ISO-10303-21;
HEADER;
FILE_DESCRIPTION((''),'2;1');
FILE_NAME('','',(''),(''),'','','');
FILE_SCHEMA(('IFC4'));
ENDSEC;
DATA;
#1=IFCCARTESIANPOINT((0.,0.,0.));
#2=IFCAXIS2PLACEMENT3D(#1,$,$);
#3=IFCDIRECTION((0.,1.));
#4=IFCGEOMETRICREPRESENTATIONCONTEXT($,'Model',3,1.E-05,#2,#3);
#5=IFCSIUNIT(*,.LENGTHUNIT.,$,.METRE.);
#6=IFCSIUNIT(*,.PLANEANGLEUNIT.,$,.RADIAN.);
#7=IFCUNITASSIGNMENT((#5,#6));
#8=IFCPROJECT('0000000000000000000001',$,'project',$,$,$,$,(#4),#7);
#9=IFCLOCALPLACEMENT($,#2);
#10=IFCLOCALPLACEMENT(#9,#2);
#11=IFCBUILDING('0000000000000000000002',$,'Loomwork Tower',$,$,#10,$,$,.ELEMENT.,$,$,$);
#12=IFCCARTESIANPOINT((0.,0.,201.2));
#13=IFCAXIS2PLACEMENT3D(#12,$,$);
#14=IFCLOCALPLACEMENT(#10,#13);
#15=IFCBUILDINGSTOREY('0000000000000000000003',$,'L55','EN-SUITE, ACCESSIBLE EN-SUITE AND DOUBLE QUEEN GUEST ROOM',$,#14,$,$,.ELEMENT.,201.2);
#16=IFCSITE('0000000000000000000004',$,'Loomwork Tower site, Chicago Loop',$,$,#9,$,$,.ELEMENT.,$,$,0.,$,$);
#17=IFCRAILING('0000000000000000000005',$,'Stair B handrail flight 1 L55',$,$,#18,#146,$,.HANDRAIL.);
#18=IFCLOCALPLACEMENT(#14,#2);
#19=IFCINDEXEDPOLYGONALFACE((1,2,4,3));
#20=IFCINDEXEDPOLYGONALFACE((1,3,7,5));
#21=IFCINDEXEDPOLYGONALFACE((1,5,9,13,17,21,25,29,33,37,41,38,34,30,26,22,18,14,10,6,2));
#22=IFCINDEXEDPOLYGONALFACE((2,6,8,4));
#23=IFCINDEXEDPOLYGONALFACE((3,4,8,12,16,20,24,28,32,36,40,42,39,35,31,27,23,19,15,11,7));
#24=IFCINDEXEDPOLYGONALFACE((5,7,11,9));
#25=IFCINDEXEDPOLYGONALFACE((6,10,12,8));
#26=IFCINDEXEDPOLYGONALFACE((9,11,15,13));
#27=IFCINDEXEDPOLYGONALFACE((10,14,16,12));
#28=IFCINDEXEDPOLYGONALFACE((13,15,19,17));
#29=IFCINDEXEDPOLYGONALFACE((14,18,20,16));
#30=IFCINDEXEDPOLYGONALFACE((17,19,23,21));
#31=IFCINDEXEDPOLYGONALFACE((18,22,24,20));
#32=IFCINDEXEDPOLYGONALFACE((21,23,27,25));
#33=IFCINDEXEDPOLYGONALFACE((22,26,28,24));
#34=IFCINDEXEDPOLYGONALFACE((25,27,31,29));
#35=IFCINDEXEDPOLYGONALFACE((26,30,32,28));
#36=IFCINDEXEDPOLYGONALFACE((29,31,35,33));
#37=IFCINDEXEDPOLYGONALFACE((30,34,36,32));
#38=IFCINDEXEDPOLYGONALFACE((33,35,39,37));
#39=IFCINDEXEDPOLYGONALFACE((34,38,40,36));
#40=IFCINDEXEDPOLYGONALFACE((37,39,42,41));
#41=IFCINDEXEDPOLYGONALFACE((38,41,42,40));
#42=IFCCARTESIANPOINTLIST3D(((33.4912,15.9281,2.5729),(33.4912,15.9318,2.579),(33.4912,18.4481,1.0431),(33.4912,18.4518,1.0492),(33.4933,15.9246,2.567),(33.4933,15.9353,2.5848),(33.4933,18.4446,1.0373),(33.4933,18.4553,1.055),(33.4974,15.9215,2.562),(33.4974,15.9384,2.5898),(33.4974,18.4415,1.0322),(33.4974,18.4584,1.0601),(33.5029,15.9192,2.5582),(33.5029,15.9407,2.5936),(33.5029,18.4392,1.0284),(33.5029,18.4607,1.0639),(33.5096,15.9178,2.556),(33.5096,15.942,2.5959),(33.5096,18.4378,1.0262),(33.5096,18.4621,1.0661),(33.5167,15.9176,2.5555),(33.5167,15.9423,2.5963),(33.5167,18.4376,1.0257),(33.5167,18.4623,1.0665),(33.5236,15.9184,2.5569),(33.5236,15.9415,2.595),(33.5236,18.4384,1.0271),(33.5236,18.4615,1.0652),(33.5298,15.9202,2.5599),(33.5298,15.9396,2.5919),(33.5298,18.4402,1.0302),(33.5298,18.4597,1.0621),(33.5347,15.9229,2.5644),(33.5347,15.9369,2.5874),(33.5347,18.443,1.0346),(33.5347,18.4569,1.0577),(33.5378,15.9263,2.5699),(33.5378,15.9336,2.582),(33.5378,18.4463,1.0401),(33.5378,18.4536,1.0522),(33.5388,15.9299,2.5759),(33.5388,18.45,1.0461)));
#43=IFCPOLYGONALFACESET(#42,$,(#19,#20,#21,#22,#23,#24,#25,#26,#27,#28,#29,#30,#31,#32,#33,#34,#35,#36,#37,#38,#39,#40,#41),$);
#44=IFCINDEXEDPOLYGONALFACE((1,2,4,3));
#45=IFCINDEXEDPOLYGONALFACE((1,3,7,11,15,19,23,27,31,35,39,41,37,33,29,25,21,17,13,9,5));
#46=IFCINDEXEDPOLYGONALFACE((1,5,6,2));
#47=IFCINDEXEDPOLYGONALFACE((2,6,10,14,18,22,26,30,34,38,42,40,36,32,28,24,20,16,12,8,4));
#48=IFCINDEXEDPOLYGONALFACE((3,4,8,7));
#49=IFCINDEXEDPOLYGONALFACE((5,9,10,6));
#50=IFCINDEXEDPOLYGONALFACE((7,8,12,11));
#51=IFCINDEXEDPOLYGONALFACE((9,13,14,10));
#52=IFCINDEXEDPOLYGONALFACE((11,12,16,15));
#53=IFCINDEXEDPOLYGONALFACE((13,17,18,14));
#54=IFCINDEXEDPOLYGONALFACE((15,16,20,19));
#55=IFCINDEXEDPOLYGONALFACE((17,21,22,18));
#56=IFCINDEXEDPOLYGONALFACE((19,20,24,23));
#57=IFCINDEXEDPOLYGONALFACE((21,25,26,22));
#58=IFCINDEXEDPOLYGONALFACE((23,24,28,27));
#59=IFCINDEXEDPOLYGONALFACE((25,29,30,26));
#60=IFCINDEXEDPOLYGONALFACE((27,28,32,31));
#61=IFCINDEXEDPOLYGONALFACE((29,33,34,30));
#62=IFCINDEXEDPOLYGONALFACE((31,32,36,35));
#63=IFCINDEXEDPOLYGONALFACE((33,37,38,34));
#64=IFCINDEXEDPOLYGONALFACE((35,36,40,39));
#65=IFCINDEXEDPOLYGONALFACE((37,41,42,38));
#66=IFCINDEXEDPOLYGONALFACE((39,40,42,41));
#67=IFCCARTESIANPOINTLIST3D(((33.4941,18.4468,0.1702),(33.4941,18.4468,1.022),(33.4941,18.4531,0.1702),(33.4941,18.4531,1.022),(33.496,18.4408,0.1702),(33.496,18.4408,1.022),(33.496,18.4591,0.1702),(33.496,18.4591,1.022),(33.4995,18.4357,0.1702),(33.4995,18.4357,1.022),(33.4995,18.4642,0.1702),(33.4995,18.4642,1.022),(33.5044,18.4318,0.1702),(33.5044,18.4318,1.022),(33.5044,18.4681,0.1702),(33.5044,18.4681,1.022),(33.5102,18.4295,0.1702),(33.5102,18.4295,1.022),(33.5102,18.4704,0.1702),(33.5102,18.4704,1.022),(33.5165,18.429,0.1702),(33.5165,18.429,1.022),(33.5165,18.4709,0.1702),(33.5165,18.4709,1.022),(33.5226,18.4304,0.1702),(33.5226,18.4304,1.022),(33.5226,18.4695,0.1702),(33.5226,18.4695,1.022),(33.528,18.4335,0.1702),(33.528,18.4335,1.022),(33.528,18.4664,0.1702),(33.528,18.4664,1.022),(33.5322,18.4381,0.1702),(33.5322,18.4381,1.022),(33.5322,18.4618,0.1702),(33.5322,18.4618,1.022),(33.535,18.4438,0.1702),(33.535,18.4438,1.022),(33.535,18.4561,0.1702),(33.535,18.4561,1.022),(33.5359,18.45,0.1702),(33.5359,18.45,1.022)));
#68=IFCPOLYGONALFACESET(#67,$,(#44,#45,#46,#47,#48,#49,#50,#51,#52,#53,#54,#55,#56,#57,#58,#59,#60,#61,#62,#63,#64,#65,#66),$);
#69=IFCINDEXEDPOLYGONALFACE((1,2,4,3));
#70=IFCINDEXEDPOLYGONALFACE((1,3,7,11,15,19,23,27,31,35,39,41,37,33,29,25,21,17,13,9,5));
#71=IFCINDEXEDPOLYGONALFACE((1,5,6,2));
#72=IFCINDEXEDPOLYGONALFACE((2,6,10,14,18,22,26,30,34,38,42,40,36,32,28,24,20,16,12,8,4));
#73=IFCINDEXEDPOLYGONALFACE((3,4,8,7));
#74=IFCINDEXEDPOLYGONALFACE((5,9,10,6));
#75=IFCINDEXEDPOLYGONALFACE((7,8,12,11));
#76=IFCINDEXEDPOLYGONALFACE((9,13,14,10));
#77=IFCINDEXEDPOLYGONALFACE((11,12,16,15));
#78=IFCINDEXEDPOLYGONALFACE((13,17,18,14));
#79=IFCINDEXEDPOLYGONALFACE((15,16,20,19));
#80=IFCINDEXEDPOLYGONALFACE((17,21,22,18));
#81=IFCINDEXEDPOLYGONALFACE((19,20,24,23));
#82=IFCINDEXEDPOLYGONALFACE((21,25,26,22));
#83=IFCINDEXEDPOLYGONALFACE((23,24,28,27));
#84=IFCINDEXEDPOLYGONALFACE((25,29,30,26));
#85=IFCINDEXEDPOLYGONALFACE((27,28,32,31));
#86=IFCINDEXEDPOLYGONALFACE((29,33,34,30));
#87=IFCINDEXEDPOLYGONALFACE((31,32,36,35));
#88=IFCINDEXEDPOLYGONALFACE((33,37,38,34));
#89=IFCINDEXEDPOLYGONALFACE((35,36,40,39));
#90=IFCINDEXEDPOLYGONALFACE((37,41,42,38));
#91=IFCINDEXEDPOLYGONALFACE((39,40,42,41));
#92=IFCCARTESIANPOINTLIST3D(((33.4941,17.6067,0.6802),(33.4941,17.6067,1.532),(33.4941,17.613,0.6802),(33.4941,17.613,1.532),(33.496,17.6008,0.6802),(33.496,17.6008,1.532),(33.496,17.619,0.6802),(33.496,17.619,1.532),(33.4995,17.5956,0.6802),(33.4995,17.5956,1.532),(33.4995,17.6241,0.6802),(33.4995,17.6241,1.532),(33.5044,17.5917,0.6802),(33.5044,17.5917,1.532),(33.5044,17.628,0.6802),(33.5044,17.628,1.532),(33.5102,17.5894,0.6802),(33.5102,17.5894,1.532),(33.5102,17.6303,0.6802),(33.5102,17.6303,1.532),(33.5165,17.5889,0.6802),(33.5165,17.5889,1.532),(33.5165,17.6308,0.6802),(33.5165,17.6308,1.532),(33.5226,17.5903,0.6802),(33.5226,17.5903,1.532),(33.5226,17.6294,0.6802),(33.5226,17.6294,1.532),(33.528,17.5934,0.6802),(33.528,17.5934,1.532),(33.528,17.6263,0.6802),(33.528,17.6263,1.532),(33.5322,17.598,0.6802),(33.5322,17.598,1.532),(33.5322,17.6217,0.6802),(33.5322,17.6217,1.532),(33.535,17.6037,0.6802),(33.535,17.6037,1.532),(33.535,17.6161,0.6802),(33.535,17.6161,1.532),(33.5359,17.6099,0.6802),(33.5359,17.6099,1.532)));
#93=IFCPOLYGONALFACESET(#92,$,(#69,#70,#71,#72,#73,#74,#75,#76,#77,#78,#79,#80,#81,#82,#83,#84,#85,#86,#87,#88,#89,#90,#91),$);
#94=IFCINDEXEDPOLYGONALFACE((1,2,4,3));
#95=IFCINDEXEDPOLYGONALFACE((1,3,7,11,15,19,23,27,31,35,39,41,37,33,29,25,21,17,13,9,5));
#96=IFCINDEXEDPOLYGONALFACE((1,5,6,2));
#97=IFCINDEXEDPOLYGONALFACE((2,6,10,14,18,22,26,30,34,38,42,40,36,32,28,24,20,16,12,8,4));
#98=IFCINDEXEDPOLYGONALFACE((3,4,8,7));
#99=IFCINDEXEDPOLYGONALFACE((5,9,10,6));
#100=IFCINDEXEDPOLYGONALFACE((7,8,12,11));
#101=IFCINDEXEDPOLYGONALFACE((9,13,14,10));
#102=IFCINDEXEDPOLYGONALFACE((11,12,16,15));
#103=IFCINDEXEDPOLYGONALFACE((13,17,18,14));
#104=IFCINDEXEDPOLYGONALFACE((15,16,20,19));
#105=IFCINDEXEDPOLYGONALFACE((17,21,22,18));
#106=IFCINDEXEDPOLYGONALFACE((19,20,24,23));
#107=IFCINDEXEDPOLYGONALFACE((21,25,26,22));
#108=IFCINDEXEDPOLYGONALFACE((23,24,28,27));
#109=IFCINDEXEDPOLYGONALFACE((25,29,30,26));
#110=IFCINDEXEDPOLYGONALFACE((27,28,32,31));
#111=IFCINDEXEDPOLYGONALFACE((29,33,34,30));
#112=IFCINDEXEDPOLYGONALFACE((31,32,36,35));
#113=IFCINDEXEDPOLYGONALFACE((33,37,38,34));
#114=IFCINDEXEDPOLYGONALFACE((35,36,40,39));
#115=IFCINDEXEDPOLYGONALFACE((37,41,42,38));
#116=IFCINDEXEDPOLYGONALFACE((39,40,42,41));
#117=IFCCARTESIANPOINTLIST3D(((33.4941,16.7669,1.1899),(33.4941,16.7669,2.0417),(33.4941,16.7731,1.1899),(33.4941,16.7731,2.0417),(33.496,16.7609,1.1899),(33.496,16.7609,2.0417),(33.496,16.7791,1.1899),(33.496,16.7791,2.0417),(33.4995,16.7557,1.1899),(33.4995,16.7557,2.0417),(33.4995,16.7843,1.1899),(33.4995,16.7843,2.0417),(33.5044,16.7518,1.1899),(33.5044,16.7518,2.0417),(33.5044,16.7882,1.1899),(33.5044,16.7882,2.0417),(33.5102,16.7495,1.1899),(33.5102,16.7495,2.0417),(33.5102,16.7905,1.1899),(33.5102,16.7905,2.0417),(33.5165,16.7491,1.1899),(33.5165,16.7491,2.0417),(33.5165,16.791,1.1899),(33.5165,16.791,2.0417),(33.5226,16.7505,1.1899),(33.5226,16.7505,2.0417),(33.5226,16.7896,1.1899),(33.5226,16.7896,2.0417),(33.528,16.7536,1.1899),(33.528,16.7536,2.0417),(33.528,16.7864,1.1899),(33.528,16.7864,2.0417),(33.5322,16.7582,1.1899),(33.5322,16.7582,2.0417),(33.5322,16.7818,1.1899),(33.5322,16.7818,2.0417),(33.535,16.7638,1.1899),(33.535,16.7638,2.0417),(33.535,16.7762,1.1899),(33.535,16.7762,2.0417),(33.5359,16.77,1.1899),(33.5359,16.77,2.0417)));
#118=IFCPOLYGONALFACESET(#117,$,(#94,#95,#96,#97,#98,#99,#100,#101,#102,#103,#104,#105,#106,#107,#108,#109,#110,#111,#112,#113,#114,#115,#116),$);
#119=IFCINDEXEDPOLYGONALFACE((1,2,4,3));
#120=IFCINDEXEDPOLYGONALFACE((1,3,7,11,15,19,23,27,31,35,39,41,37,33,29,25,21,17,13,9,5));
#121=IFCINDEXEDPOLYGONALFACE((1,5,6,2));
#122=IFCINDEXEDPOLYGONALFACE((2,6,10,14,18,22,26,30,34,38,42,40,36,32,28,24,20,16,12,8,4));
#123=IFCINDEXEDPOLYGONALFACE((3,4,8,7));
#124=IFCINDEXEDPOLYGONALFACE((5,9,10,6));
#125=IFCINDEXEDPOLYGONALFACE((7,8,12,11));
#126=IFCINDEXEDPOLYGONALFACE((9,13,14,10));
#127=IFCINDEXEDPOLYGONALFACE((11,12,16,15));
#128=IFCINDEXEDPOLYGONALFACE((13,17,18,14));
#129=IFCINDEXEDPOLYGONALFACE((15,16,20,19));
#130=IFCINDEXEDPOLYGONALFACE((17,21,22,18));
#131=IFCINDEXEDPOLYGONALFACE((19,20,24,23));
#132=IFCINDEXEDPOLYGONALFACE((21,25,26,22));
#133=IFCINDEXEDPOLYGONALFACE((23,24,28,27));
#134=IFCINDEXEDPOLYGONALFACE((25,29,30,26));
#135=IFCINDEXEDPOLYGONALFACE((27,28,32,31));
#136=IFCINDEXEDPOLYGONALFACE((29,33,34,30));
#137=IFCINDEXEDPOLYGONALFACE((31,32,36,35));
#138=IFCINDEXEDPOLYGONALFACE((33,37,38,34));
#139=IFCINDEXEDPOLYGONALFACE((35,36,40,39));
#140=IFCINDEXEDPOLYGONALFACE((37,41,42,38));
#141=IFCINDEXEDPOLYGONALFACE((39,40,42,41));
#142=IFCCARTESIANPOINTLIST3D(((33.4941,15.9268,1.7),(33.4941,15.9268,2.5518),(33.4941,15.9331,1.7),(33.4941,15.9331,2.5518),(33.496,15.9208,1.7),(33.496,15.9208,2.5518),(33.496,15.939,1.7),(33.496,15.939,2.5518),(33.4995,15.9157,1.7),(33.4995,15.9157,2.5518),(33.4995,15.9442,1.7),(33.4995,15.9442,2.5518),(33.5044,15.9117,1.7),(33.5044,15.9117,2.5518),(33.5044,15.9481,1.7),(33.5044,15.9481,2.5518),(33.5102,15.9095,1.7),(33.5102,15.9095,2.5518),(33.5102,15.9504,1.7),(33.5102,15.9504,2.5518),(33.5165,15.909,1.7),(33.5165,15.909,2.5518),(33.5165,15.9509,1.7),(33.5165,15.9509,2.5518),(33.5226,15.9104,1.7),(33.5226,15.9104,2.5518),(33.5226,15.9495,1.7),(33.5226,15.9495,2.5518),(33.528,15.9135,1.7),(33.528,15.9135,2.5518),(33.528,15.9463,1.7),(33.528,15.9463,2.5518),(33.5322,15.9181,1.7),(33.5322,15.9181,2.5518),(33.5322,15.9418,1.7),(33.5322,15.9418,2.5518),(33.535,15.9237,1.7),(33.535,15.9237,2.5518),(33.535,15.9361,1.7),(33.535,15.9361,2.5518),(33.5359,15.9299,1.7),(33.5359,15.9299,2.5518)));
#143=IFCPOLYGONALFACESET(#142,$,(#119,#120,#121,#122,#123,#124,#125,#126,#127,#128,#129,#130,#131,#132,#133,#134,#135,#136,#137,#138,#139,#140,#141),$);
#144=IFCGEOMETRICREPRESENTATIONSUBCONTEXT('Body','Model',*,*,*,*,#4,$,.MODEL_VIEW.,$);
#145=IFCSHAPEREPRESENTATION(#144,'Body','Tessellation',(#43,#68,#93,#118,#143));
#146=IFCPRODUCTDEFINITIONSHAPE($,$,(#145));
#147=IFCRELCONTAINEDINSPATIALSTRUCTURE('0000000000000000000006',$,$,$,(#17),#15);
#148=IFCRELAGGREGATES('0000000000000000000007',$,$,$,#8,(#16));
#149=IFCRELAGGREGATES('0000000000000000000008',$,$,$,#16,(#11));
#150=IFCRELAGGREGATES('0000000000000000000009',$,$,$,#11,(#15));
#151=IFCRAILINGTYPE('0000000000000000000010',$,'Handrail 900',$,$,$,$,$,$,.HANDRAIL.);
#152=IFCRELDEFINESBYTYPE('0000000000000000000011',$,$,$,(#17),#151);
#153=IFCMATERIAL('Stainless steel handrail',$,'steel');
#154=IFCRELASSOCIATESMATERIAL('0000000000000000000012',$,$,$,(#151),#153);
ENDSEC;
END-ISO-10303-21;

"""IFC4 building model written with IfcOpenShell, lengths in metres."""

from ifc_helpers import new_model, si_unit, direction, frame, origin, origin_2d, place, context, subcontext, project, spatial, circle, extrude, material, type_object, element, save


model = new_model("IFC4")

# Units and contexts
model_context = context("Model", 3, precision=1e-05, world=origin(), true_north=direction((0.0, 1.0)))
body_context = subcontext(model_context, "Body", "Model", "MODEL_VIEW")
ifc_project = project(units=[si_unit("LENGTHUNIT", "METRE"), si_unit("PLANEANGLEUNIT", "RADIAN")], contexts=[model_context])

# Site, building, storey
site_placement = place(None, origin())
site = spatial("IfcSite", under=ifc_project, at=site_placement, Name="Loomwork Tower site, Chicago Loop", CompositionType="ELEMENT", RefElevation=0.0)
building_placement = place(site_placement, origin())
building = spatial("IfcBuilding", under=site, at=building_placement, Name="Loomwork Tower", CompositionType="ELEMENT")
storey_placement = place(building_placement, frame((0.0, 0.0, 201.2)))
storey = spatial("IfcBuildingStorey", under=building, at=storey_placement, Name="L55", Description="EN-SUITE, ACCESSIBLE EN-SUITE AND DOUBLE QUEEN GUEST ROOM", CompositionType="ELEMENT", Elevation=201.2)

# Railing
ifc_material_1 = material(Name="Stainless steel handrail", Category="steel")
railing_type = type_object("IfcRailingType", Name="Handrail 900", PredefinedType="HANDRAIL", material=ifc_material_1)
railing_1_placement = place(storey_placement, frame((33.5149, 18.45, 0.1702)))
element("IfcRailing", 1, at=railing_1_placement, inside=storey, type_object=railing_type, Name="Stair B handrail flight 1 L55", PredefinedType="HANDRAIL", context=body_context, shape_type="SweptSolid", body=[
    extrude(circle(Radius=0.0239, at=origin_2d()), frame((0.0, 0.0, 0.876), z_axis=(0.0, -0.854822, 0.518922), x_axis=(1.0, 0.0, 0.0)), (0.0, 0.0, 1.0), 2.948),
    extrude(circle(Radius=0.021, at=origin_2d()), origin(), (0.0, 0.0, 1.0), 0.8518),
    extrude(circle(Radius=0.021, at=origin_2d()), frame((0.0, -0.8401, 0.51)), (0.0, 0.0, 1.0), 0.8518),
    extrude(circle(Radius=0.021, at=origin_2d()), frame((0.0, -1.6799, 1.0198)), (0.0, 0.0, 1.0), 0.8518),
    extrude(circle(Radius=0.021, at=origin_2d()), frame((0.0, -2.52, 1.5298)), (0.0, 0.0, 1.0), 0.8518),
])

save(model, "model.ifc")
